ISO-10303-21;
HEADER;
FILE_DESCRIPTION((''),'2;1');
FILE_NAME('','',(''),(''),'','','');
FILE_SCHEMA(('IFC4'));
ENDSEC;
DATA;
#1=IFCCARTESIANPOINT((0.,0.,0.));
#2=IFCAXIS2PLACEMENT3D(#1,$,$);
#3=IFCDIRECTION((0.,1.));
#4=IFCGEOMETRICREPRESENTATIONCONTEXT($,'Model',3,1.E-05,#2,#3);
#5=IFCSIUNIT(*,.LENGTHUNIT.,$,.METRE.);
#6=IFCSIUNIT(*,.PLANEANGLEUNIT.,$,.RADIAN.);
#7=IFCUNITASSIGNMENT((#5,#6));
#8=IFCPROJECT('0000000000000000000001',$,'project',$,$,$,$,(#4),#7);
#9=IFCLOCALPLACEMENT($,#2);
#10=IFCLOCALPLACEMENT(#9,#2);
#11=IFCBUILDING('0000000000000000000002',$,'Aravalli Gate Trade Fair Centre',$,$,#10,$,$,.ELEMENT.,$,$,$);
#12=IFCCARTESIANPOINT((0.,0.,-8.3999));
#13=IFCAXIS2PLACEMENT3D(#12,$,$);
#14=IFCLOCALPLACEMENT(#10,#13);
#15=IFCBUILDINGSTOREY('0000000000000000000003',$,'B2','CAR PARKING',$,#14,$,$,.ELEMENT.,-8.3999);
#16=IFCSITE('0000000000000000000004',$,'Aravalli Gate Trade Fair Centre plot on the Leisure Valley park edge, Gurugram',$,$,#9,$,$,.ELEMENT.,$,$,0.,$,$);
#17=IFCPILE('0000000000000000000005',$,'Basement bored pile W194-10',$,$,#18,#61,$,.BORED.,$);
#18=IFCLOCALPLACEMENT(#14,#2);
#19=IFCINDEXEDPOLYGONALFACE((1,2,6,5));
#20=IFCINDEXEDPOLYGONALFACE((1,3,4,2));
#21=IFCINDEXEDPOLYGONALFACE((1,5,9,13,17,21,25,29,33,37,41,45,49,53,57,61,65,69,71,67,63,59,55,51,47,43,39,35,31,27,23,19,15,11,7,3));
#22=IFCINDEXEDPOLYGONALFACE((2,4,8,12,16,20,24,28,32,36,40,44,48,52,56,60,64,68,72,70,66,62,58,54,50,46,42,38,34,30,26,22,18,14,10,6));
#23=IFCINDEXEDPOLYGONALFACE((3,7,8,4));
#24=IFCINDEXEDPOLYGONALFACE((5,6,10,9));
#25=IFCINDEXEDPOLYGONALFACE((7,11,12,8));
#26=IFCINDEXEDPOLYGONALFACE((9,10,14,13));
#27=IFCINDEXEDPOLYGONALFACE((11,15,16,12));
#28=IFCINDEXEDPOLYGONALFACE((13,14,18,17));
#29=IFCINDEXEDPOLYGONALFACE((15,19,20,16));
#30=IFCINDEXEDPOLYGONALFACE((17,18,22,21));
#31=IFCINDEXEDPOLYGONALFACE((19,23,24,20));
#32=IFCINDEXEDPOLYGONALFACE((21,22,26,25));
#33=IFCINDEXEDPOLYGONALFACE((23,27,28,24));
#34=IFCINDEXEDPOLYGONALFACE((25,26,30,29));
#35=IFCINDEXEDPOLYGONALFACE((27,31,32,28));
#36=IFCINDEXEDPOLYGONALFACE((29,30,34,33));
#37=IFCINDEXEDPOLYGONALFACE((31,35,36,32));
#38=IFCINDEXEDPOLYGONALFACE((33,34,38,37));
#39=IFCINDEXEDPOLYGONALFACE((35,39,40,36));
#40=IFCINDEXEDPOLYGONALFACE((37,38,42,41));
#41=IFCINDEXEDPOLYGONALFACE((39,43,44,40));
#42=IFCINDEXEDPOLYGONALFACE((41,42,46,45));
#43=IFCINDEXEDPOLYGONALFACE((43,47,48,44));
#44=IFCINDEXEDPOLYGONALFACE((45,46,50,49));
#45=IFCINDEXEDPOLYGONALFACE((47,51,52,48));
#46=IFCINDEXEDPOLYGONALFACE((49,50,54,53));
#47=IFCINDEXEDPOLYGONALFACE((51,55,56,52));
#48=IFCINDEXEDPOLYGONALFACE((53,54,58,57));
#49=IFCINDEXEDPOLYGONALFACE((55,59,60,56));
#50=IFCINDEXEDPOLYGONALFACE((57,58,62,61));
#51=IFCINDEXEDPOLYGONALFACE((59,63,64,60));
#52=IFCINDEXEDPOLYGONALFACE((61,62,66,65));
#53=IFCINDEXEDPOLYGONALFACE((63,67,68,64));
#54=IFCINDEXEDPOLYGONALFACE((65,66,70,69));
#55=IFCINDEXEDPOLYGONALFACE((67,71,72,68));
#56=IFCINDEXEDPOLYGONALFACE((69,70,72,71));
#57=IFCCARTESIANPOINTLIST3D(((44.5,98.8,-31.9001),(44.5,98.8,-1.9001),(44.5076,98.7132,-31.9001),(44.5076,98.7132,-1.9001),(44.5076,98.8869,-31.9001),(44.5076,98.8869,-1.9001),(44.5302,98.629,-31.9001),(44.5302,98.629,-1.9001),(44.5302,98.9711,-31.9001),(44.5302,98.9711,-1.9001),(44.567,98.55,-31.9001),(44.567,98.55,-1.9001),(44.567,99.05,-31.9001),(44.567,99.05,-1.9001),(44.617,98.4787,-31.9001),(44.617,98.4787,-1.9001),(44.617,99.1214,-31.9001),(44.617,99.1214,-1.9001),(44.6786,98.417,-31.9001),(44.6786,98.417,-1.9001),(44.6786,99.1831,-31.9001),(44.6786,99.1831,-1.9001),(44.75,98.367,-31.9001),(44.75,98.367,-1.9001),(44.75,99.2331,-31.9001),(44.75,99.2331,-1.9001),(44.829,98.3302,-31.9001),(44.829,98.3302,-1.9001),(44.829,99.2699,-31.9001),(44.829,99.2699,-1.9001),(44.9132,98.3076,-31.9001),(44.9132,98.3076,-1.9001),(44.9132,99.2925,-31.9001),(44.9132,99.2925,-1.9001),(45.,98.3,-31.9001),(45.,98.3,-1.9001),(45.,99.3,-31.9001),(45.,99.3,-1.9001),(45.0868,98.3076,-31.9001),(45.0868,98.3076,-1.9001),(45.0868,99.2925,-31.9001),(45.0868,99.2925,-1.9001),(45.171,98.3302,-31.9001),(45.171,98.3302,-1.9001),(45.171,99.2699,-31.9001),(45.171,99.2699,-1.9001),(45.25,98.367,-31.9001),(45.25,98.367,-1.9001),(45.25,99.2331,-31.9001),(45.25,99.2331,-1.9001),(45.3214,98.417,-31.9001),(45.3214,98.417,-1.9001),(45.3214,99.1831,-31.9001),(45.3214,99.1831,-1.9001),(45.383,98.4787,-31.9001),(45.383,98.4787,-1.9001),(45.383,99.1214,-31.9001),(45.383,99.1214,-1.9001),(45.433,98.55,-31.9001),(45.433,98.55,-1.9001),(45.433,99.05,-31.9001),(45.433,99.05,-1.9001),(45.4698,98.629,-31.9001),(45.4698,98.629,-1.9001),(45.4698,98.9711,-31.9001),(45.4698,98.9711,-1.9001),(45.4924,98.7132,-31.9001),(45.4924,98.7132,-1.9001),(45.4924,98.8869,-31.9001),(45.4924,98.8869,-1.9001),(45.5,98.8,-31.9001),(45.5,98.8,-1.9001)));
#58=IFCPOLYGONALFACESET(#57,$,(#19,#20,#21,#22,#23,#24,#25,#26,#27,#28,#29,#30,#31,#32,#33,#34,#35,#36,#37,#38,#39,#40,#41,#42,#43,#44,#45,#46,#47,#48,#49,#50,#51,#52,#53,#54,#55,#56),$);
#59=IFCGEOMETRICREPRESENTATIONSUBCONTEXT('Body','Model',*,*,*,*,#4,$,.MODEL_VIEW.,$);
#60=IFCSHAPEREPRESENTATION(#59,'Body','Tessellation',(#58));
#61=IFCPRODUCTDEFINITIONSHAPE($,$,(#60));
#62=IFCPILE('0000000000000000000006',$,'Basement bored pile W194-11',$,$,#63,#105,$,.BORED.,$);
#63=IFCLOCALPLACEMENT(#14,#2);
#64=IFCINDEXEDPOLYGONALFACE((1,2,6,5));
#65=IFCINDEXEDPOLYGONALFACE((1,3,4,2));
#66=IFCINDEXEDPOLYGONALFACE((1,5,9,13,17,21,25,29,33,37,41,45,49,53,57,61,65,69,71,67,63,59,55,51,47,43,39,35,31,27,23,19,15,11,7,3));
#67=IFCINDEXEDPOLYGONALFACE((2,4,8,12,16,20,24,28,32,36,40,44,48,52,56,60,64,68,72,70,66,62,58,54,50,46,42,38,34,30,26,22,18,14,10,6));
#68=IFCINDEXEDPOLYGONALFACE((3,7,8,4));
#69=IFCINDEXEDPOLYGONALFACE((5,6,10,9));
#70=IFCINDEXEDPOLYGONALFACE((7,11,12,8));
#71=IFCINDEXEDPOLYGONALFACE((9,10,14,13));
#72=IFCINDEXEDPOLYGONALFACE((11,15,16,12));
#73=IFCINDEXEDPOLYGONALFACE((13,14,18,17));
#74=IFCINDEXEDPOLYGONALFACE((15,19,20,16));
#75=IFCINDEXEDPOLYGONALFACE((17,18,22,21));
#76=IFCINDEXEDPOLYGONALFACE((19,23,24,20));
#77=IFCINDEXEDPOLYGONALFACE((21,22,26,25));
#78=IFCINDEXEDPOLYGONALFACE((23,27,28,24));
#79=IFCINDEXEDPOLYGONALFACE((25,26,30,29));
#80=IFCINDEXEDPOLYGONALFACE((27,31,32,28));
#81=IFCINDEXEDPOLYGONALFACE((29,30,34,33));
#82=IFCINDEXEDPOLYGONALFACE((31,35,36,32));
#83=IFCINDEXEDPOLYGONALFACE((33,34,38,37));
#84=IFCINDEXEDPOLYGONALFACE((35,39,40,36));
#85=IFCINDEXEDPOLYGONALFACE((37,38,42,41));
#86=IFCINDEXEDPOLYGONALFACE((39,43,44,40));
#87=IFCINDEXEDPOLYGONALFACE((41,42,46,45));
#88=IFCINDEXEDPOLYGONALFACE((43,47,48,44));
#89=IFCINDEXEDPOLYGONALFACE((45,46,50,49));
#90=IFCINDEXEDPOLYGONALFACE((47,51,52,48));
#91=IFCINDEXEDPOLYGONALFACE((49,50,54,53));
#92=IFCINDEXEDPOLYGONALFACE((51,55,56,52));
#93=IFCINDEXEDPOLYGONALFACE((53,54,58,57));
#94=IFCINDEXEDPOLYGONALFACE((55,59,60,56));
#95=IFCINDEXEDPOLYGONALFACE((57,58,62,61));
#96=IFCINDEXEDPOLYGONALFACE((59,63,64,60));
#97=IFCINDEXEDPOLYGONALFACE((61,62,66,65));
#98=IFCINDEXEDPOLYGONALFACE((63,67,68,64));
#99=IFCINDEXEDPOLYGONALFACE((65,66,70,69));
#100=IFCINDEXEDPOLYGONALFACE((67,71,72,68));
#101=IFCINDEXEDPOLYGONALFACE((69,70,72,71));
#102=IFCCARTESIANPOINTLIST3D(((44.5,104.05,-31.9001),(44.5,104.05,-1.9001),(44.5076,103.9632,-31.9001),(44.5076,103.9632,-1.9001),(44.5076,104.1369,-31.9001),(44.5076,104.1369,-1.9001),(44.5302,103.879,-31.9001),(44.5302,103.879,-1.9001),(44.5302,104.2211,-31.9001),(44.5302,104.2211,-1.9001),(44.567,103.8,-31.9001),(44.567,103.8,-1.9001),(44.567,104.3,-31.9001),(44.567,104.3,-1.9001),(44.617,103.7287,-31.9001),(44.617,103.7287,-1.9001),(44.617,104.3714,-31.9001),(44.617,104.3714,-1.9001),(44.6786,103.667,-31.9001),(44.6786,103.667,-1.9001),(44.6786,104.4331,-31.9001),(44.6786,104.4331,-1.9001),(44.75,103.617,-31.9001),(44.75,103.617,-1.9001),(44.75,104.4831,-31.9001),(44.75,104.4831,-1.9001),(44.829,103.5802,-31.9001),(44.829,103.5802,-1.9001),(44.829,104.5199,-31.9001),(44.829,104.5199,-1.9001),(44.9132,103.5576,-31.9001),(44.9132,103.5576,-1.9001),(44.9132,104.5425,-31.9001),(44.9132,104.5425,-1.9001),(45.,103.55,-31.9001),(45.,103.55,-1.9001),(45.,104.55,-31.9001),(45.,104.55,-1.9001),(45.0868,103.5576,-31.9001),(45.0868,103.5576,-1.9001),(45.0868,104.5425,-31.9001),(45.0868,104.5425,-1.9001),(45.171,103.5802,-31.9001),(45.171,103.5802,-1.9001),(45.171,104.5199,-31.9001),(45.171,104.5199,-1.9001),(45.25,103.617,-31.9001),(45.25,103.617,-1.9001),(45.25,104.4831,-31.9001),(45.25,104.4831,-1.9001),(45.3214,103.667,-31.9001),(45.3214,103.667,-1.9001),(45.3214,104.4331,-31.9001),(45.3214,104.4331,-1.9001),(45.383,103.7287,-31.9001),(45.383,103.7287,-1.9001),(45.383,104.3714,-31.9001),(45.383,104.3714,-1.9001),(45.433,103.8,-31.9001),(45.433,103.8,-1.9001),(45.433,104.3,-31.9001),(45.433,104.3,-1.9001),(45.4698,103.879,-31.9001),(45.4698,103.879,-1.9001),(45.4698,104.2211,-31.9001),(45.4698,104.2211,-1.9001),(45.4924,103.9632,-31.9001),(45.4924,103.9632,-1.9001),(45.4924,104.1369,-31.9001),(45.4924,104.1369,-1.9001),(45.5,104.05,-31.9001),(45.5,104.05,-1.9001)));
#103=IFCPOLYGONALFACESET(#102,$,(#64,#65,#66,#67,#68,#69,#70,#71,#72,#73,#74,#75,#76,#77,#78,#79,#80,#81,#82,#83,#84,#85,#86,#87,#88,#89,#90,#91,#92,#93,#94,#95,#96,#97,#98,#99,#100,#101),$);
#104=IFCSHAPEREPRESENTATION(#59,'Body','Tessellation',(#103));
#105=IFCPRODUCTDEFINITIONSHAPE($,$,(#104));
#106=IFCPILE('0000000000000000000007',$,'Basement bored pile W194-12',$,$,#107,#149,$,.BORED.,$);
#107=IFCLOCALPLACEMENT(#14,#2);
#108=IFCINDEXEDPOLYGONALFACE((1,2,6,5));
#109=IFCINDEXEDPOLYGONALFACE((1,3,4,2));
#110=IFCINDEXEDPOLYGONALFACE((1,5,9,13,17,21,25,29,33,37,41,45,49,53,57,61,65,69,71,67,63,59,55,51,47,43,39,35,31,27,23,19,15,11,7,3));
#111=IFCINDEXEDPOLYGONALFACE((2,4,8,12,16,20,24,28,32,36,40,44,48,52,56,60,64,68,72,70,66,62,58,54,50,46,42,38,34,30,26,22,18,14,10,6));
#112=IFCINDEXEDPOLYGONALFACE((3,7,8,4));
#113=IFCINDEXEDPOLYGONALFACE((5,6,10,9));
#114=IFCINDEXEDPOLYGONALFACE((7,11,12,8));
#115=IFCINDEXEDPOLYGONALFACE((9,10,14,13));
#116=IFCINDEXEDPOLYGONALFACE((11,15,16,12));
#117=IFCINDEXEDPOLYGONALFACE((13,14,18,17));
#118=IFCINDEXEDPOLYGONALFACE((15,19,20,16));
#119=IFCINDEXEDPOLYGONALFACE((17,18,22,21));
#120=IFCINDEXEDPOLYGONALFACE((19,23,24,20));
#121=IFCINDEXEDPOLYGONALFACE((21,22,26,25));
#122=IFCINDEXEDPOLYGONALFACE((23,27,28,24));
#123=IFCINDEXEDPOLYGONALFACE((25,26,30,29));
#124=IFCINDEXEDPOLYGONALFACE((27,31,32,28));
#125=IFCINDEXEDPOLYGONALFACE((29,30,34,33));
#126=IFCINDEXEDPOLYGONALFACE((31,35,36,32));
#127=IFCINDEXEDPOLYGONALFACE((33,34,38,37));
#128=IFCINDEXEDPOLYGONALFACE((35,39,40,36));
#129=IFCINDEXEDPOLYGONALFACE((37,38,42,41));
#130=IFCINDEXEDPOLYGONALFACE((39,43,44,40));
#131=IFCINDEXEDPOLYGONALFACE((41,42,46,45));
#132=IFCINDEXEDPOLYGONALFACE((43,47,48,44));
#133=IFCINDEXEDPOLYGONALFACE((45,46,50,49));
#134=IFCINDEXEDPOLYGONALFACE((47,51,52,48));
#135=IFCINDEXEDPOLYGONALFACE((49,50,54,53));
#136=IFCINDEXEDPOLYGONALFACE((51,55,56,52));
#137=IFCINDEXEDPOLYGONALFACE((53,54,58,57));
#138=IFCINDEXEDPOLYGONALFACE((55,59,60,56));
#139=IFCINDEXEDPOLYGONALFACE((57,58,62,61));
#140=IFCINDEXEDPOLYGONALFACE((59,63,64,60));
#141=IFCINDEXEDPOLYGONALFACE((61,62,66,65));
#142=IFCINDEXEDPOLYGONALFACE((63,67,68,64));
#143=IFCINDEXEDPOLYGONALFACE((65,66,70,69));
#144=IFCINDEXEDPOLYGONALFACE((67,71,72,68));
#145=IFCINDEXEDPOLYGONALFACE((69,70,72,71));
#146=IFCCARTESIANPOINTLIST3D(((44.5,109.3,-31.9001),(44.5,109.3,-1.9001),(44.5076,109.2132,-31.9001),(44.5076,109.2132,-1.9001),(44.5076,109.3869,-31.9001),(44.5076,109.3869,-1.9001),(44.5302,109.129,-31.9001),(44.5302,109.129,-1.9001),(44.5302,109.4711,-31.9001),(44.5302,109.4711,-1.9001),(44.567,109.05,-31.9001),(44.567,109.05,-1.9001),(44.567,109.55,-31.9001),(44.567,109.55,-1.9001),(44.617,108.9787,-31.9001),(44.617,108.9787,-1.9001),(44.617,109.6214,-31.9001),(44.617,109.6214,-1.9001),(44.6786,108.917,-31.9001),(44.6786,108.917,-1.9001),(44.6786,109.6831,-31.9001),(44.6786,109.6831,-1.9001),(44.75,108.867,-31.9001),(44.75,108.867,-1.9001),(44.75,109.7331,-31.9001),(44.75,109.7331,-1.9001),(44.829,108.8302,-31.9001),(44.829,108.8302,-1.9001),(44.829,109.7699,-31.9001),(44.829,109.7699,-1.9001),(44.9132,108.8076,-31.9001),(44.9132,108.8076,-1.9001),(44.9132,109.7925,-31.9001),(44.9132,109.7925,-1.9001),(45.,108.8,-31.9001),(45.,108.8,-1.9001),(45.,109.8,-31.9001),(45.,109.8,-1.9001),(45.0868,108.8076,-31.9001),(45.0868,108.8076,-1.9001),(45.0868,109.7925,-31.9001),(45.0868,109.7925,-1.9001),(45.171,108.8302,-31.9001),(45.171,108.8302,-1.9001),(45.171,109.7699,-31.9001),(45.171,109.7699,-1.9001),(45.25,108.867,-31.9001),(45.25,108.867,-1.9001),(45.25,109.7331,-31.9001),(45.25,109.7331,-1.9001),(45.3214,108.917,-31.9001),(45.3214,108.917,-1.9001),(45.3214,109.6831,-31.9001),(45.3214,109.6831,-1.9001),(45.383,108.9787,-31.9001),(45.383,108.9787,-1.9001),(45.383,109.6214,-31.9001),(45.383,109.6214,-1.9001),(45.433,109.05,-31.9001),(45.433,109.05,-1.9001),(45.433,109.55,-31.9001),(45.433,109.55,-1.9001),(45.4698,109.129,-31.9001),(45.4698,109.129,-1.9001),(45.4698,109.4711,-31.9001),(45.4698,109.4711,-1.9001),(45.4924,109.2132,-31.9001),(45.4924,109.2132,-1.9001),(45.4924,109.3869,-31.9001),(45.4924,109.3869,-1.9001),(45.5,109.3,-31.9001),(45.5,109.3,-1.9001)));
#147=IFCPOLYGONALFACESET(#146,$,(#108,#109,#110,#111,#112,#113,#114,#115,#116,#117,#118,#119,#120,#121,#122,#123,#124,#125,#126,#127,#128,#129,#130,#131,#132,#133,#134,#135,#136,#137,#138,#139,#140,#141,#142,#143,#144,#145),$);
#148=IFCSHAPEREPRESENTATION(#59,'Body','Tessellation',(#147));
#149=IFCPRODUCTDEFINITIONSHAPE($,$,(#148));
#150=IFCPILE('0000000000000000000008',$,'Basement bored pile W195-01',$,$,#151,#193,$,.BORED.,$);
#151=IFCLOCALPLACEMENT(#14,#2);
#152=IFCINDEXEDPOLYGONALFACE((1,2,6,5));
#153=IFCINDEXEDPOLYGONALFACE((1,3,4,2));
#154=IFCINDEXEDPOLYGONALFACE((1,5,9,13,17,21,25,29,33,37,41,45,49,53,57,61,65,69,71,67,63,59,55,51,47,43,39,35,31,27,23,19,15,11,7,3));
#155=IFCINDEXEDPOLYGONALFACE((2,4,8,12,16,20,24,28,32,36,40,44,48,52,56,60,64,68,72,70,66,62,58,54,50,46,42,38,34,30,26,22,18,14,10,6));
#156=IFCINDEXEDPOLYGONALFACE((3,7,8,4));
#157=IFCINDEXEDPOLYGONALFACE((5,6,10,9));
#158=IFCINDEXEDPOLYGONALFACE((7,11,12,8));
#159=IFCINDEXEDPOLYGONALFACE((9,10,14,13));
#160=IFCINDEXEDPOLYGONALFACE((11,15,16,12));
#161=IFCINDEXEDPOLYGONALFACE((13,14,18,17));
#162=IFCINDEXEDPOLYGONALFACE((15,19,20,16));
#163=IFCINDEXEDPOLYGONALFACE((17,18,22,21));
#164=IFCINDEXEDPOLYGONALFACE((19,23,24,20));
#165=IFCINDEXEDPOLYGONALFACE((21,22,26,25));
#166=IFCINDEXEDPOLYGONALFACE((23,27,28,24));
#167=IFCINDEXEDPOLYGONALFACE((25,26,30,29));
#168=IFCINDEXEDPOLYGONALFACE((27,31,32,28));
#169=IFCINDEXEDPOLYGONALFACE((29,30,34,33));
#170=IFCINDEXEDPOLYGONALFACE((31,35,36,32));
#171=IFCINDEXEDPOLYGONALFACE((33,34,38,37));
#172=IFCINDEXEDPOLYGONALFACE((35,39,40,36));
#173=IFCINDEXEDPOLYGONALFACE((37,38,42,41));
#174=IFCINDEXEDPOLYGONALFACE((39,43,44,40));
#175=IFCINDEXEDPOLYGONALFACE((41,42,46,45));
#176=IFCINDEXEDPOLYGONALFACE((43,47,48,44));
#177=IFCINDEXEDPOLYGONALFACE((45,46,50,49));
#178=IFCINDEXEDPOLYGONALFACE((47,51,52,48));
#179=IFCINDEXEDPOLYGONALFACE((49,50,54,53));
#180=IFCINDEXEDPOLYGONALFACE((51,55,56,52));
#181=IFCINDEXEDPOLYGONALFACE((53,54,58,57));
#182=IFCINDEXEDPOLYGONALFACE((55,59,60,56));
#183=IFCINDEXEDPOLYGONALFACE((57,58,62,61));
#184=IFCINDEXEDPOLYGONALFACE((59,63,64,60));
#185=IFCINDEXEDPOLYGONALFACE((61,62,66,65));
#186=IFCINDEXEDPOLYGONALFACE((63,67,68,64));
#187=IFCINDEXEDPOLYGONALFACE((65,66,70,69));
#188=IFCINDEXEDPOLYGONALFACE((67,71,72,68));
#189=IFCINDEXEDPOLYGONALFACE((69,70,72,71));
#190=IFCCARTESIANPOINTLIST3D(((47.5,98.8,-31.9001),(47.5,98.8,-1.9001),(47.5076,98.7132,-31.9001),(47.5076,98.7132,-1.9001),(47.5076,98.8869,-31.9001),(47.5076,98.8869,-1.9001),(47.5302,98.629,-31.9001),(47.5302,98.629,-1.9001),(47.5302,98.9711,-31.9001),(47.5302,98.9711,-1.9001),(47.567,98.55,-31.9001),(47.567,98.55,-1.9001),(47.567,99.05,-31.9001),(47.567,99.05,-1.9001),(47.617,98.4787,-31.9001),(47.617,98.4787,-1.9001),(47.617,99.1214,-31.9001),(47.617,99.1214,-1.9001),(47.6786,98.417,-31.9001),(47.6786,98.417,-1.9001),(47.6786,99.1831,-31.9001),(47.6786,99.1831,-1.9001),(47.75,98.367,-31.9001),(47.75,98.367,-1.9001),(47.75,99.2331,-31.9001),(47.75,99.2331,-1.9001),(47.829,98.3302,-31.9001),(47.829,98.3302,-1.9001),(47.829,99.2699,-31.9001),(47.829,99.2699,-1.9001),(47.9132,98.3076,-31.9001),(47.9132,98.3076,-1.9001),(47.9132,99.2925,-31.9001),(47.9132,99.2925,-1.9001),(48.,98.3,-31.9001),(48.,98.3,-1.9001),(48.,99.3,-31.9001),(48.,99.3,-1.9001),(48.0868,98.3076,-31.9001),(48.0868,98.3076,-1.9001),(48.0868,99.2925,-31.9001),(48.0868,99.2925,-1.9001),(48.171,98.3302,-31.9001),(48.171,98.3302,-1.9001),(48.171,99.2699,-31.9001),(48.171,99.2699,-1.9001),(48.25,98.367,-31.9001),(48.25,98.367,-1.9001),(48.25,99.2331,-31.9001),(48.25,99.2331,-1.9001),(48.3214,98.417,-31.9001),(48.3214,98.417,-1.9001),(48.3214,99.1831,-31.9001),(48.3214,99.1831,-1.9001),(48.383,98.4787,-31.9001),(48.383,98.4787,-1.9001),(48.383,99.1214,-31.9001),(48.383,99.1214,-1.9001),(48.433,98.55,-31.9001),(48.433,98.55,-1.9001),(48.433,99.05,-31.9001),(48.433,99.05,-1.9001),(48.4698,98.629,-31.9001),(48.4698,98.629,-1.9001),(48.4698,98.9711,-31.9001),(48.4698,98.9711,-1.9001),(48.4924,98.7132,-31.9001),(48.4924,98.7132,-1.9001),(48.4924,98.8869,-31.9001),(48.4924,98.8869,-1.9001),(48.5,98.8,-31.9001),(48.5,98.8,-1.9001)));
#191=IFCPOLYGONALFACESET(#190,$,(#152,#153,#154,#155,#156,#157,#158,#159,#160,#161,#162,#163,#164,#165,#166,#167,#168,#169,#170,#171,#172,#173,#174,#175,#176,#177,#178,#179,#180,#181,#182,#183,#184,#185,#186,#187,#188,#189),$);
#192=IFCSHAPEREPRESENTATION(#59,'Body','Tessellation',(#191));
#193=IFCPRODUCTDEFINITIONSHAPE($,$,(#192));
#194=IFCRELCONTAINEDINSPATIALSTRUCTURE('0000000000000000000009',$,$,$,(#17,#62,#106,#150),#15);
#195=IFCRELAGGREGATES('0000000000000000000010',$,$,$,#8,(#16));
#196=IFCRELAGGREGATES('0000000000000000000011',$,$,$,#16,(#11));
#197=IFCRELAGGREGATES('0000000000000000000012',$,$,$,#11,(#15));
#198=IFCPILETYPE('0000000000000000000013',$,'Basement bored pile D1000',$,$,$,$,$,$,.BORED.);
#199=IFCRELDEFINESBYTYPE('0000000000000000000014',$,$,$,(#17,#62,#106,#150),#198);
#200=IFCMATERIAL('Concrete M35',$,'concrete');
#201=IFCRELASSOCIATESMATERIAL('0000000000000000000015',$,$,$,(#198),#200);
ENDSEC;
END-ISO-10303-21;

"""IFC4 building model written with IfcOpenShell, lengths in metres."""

from ifc_helpers import new_model, si_unit, direction, frame, origin, origin_2d, place, context, subcontext, project, spatial, circle, extrude, material, material_profile, profile_set, type_object, element, save


model = new_model("IFC4")

# Units and contexts
model_context = context("Model", 3, precision=1e-05, world=origin(), true_north=direction((0.0, 1.0)))
body_context = subcontext(model_context, "Body", "Model", "MODEL_VIEW")
ifc_project = project(units=[si_unit("LENGTHUNIT", "METRE"), si_unit("PLANEANGLEUNIT", "RADIAN")], contexts=[model_context])

# Site, building, storey
site_placement = place(None, origin())
site = spatial("IfcSite", under=ifc_project, at=site_placement, Name="Aravalli Gate Trade Fair Centre plot on the Leisure Valley park edge, Gurugram", CompositionType="ELEMENT", RefElevation=0.0)
building_placement = place(site_placement, origin())
building = spatial("IfcBuilding", under=site, at=building_placement, Name="Aravalli Gate Trade Fair Centre", CompositionType="ELEMENT")
storey_placement = place(building_placement, frame((0.0, 0.0, -8.3999)))
storey = spatial("IfcBuildingStorey", under=building, at=storey_placement, Name="B2", Description="CAR PARKING", CompositionType="ELEMENT", Elevation=-8.3999)

# Piles
ifc_material_1 = material(Name="Concrete M35", Category="concrete")
ifc_material_profile_1 = material_profile(ifc_material_1, circle(Radius=0.5, at=origin_2d()), Name="D1000")
ifc_profile_set_1 = profile_set([ifc_material_profile_1], Name="Concrete M35")
pile_type = type_object("IfcPileType", Name="Basement bored pile D1000", PredefinedType="BORED", material=ifc_profile_set_1)
for number, where, z_axis, x_axis, name in (
    (1, (45.0, 98.8, -1.9001), (0.0, 0.0, -1.0), (1.0, 0.0, 0.0), "Basement bored pile W194-10"),
    (2, (45.0, 104.05, -1.9001), (0.0, 0.0, -1.0), (1.0, 0.0, 0.0), "Basement bored pile W194-11"),
    (3, (45.0, 109.3, -1.9001), (0.0, 0.0, -1.0), (1.0, 0.0, 0.0), "Basement bored pile W194-12"),
    (4, (48.0, 98.8, -1.9001), (0.0, 0.0, -1.0), (1.0, 0.0, 0.0), "Basement bored pile W195-01"),
):
    element("IfcPile", number, at=place(storey_placement, frame(where, z_axis=z_axis, x_axis=x_axis)), inside=storey, type_object=pile_type, Name=name, PredefinedType="BORED", context=body_context, shape_type="SweptSolid", body=[
        extrude(circle(Radius=0.5, at=origin_2d()), origin(), (0.0, 0.0, 1.0), 30.0),
    ])

save(model, "model.ifc")
